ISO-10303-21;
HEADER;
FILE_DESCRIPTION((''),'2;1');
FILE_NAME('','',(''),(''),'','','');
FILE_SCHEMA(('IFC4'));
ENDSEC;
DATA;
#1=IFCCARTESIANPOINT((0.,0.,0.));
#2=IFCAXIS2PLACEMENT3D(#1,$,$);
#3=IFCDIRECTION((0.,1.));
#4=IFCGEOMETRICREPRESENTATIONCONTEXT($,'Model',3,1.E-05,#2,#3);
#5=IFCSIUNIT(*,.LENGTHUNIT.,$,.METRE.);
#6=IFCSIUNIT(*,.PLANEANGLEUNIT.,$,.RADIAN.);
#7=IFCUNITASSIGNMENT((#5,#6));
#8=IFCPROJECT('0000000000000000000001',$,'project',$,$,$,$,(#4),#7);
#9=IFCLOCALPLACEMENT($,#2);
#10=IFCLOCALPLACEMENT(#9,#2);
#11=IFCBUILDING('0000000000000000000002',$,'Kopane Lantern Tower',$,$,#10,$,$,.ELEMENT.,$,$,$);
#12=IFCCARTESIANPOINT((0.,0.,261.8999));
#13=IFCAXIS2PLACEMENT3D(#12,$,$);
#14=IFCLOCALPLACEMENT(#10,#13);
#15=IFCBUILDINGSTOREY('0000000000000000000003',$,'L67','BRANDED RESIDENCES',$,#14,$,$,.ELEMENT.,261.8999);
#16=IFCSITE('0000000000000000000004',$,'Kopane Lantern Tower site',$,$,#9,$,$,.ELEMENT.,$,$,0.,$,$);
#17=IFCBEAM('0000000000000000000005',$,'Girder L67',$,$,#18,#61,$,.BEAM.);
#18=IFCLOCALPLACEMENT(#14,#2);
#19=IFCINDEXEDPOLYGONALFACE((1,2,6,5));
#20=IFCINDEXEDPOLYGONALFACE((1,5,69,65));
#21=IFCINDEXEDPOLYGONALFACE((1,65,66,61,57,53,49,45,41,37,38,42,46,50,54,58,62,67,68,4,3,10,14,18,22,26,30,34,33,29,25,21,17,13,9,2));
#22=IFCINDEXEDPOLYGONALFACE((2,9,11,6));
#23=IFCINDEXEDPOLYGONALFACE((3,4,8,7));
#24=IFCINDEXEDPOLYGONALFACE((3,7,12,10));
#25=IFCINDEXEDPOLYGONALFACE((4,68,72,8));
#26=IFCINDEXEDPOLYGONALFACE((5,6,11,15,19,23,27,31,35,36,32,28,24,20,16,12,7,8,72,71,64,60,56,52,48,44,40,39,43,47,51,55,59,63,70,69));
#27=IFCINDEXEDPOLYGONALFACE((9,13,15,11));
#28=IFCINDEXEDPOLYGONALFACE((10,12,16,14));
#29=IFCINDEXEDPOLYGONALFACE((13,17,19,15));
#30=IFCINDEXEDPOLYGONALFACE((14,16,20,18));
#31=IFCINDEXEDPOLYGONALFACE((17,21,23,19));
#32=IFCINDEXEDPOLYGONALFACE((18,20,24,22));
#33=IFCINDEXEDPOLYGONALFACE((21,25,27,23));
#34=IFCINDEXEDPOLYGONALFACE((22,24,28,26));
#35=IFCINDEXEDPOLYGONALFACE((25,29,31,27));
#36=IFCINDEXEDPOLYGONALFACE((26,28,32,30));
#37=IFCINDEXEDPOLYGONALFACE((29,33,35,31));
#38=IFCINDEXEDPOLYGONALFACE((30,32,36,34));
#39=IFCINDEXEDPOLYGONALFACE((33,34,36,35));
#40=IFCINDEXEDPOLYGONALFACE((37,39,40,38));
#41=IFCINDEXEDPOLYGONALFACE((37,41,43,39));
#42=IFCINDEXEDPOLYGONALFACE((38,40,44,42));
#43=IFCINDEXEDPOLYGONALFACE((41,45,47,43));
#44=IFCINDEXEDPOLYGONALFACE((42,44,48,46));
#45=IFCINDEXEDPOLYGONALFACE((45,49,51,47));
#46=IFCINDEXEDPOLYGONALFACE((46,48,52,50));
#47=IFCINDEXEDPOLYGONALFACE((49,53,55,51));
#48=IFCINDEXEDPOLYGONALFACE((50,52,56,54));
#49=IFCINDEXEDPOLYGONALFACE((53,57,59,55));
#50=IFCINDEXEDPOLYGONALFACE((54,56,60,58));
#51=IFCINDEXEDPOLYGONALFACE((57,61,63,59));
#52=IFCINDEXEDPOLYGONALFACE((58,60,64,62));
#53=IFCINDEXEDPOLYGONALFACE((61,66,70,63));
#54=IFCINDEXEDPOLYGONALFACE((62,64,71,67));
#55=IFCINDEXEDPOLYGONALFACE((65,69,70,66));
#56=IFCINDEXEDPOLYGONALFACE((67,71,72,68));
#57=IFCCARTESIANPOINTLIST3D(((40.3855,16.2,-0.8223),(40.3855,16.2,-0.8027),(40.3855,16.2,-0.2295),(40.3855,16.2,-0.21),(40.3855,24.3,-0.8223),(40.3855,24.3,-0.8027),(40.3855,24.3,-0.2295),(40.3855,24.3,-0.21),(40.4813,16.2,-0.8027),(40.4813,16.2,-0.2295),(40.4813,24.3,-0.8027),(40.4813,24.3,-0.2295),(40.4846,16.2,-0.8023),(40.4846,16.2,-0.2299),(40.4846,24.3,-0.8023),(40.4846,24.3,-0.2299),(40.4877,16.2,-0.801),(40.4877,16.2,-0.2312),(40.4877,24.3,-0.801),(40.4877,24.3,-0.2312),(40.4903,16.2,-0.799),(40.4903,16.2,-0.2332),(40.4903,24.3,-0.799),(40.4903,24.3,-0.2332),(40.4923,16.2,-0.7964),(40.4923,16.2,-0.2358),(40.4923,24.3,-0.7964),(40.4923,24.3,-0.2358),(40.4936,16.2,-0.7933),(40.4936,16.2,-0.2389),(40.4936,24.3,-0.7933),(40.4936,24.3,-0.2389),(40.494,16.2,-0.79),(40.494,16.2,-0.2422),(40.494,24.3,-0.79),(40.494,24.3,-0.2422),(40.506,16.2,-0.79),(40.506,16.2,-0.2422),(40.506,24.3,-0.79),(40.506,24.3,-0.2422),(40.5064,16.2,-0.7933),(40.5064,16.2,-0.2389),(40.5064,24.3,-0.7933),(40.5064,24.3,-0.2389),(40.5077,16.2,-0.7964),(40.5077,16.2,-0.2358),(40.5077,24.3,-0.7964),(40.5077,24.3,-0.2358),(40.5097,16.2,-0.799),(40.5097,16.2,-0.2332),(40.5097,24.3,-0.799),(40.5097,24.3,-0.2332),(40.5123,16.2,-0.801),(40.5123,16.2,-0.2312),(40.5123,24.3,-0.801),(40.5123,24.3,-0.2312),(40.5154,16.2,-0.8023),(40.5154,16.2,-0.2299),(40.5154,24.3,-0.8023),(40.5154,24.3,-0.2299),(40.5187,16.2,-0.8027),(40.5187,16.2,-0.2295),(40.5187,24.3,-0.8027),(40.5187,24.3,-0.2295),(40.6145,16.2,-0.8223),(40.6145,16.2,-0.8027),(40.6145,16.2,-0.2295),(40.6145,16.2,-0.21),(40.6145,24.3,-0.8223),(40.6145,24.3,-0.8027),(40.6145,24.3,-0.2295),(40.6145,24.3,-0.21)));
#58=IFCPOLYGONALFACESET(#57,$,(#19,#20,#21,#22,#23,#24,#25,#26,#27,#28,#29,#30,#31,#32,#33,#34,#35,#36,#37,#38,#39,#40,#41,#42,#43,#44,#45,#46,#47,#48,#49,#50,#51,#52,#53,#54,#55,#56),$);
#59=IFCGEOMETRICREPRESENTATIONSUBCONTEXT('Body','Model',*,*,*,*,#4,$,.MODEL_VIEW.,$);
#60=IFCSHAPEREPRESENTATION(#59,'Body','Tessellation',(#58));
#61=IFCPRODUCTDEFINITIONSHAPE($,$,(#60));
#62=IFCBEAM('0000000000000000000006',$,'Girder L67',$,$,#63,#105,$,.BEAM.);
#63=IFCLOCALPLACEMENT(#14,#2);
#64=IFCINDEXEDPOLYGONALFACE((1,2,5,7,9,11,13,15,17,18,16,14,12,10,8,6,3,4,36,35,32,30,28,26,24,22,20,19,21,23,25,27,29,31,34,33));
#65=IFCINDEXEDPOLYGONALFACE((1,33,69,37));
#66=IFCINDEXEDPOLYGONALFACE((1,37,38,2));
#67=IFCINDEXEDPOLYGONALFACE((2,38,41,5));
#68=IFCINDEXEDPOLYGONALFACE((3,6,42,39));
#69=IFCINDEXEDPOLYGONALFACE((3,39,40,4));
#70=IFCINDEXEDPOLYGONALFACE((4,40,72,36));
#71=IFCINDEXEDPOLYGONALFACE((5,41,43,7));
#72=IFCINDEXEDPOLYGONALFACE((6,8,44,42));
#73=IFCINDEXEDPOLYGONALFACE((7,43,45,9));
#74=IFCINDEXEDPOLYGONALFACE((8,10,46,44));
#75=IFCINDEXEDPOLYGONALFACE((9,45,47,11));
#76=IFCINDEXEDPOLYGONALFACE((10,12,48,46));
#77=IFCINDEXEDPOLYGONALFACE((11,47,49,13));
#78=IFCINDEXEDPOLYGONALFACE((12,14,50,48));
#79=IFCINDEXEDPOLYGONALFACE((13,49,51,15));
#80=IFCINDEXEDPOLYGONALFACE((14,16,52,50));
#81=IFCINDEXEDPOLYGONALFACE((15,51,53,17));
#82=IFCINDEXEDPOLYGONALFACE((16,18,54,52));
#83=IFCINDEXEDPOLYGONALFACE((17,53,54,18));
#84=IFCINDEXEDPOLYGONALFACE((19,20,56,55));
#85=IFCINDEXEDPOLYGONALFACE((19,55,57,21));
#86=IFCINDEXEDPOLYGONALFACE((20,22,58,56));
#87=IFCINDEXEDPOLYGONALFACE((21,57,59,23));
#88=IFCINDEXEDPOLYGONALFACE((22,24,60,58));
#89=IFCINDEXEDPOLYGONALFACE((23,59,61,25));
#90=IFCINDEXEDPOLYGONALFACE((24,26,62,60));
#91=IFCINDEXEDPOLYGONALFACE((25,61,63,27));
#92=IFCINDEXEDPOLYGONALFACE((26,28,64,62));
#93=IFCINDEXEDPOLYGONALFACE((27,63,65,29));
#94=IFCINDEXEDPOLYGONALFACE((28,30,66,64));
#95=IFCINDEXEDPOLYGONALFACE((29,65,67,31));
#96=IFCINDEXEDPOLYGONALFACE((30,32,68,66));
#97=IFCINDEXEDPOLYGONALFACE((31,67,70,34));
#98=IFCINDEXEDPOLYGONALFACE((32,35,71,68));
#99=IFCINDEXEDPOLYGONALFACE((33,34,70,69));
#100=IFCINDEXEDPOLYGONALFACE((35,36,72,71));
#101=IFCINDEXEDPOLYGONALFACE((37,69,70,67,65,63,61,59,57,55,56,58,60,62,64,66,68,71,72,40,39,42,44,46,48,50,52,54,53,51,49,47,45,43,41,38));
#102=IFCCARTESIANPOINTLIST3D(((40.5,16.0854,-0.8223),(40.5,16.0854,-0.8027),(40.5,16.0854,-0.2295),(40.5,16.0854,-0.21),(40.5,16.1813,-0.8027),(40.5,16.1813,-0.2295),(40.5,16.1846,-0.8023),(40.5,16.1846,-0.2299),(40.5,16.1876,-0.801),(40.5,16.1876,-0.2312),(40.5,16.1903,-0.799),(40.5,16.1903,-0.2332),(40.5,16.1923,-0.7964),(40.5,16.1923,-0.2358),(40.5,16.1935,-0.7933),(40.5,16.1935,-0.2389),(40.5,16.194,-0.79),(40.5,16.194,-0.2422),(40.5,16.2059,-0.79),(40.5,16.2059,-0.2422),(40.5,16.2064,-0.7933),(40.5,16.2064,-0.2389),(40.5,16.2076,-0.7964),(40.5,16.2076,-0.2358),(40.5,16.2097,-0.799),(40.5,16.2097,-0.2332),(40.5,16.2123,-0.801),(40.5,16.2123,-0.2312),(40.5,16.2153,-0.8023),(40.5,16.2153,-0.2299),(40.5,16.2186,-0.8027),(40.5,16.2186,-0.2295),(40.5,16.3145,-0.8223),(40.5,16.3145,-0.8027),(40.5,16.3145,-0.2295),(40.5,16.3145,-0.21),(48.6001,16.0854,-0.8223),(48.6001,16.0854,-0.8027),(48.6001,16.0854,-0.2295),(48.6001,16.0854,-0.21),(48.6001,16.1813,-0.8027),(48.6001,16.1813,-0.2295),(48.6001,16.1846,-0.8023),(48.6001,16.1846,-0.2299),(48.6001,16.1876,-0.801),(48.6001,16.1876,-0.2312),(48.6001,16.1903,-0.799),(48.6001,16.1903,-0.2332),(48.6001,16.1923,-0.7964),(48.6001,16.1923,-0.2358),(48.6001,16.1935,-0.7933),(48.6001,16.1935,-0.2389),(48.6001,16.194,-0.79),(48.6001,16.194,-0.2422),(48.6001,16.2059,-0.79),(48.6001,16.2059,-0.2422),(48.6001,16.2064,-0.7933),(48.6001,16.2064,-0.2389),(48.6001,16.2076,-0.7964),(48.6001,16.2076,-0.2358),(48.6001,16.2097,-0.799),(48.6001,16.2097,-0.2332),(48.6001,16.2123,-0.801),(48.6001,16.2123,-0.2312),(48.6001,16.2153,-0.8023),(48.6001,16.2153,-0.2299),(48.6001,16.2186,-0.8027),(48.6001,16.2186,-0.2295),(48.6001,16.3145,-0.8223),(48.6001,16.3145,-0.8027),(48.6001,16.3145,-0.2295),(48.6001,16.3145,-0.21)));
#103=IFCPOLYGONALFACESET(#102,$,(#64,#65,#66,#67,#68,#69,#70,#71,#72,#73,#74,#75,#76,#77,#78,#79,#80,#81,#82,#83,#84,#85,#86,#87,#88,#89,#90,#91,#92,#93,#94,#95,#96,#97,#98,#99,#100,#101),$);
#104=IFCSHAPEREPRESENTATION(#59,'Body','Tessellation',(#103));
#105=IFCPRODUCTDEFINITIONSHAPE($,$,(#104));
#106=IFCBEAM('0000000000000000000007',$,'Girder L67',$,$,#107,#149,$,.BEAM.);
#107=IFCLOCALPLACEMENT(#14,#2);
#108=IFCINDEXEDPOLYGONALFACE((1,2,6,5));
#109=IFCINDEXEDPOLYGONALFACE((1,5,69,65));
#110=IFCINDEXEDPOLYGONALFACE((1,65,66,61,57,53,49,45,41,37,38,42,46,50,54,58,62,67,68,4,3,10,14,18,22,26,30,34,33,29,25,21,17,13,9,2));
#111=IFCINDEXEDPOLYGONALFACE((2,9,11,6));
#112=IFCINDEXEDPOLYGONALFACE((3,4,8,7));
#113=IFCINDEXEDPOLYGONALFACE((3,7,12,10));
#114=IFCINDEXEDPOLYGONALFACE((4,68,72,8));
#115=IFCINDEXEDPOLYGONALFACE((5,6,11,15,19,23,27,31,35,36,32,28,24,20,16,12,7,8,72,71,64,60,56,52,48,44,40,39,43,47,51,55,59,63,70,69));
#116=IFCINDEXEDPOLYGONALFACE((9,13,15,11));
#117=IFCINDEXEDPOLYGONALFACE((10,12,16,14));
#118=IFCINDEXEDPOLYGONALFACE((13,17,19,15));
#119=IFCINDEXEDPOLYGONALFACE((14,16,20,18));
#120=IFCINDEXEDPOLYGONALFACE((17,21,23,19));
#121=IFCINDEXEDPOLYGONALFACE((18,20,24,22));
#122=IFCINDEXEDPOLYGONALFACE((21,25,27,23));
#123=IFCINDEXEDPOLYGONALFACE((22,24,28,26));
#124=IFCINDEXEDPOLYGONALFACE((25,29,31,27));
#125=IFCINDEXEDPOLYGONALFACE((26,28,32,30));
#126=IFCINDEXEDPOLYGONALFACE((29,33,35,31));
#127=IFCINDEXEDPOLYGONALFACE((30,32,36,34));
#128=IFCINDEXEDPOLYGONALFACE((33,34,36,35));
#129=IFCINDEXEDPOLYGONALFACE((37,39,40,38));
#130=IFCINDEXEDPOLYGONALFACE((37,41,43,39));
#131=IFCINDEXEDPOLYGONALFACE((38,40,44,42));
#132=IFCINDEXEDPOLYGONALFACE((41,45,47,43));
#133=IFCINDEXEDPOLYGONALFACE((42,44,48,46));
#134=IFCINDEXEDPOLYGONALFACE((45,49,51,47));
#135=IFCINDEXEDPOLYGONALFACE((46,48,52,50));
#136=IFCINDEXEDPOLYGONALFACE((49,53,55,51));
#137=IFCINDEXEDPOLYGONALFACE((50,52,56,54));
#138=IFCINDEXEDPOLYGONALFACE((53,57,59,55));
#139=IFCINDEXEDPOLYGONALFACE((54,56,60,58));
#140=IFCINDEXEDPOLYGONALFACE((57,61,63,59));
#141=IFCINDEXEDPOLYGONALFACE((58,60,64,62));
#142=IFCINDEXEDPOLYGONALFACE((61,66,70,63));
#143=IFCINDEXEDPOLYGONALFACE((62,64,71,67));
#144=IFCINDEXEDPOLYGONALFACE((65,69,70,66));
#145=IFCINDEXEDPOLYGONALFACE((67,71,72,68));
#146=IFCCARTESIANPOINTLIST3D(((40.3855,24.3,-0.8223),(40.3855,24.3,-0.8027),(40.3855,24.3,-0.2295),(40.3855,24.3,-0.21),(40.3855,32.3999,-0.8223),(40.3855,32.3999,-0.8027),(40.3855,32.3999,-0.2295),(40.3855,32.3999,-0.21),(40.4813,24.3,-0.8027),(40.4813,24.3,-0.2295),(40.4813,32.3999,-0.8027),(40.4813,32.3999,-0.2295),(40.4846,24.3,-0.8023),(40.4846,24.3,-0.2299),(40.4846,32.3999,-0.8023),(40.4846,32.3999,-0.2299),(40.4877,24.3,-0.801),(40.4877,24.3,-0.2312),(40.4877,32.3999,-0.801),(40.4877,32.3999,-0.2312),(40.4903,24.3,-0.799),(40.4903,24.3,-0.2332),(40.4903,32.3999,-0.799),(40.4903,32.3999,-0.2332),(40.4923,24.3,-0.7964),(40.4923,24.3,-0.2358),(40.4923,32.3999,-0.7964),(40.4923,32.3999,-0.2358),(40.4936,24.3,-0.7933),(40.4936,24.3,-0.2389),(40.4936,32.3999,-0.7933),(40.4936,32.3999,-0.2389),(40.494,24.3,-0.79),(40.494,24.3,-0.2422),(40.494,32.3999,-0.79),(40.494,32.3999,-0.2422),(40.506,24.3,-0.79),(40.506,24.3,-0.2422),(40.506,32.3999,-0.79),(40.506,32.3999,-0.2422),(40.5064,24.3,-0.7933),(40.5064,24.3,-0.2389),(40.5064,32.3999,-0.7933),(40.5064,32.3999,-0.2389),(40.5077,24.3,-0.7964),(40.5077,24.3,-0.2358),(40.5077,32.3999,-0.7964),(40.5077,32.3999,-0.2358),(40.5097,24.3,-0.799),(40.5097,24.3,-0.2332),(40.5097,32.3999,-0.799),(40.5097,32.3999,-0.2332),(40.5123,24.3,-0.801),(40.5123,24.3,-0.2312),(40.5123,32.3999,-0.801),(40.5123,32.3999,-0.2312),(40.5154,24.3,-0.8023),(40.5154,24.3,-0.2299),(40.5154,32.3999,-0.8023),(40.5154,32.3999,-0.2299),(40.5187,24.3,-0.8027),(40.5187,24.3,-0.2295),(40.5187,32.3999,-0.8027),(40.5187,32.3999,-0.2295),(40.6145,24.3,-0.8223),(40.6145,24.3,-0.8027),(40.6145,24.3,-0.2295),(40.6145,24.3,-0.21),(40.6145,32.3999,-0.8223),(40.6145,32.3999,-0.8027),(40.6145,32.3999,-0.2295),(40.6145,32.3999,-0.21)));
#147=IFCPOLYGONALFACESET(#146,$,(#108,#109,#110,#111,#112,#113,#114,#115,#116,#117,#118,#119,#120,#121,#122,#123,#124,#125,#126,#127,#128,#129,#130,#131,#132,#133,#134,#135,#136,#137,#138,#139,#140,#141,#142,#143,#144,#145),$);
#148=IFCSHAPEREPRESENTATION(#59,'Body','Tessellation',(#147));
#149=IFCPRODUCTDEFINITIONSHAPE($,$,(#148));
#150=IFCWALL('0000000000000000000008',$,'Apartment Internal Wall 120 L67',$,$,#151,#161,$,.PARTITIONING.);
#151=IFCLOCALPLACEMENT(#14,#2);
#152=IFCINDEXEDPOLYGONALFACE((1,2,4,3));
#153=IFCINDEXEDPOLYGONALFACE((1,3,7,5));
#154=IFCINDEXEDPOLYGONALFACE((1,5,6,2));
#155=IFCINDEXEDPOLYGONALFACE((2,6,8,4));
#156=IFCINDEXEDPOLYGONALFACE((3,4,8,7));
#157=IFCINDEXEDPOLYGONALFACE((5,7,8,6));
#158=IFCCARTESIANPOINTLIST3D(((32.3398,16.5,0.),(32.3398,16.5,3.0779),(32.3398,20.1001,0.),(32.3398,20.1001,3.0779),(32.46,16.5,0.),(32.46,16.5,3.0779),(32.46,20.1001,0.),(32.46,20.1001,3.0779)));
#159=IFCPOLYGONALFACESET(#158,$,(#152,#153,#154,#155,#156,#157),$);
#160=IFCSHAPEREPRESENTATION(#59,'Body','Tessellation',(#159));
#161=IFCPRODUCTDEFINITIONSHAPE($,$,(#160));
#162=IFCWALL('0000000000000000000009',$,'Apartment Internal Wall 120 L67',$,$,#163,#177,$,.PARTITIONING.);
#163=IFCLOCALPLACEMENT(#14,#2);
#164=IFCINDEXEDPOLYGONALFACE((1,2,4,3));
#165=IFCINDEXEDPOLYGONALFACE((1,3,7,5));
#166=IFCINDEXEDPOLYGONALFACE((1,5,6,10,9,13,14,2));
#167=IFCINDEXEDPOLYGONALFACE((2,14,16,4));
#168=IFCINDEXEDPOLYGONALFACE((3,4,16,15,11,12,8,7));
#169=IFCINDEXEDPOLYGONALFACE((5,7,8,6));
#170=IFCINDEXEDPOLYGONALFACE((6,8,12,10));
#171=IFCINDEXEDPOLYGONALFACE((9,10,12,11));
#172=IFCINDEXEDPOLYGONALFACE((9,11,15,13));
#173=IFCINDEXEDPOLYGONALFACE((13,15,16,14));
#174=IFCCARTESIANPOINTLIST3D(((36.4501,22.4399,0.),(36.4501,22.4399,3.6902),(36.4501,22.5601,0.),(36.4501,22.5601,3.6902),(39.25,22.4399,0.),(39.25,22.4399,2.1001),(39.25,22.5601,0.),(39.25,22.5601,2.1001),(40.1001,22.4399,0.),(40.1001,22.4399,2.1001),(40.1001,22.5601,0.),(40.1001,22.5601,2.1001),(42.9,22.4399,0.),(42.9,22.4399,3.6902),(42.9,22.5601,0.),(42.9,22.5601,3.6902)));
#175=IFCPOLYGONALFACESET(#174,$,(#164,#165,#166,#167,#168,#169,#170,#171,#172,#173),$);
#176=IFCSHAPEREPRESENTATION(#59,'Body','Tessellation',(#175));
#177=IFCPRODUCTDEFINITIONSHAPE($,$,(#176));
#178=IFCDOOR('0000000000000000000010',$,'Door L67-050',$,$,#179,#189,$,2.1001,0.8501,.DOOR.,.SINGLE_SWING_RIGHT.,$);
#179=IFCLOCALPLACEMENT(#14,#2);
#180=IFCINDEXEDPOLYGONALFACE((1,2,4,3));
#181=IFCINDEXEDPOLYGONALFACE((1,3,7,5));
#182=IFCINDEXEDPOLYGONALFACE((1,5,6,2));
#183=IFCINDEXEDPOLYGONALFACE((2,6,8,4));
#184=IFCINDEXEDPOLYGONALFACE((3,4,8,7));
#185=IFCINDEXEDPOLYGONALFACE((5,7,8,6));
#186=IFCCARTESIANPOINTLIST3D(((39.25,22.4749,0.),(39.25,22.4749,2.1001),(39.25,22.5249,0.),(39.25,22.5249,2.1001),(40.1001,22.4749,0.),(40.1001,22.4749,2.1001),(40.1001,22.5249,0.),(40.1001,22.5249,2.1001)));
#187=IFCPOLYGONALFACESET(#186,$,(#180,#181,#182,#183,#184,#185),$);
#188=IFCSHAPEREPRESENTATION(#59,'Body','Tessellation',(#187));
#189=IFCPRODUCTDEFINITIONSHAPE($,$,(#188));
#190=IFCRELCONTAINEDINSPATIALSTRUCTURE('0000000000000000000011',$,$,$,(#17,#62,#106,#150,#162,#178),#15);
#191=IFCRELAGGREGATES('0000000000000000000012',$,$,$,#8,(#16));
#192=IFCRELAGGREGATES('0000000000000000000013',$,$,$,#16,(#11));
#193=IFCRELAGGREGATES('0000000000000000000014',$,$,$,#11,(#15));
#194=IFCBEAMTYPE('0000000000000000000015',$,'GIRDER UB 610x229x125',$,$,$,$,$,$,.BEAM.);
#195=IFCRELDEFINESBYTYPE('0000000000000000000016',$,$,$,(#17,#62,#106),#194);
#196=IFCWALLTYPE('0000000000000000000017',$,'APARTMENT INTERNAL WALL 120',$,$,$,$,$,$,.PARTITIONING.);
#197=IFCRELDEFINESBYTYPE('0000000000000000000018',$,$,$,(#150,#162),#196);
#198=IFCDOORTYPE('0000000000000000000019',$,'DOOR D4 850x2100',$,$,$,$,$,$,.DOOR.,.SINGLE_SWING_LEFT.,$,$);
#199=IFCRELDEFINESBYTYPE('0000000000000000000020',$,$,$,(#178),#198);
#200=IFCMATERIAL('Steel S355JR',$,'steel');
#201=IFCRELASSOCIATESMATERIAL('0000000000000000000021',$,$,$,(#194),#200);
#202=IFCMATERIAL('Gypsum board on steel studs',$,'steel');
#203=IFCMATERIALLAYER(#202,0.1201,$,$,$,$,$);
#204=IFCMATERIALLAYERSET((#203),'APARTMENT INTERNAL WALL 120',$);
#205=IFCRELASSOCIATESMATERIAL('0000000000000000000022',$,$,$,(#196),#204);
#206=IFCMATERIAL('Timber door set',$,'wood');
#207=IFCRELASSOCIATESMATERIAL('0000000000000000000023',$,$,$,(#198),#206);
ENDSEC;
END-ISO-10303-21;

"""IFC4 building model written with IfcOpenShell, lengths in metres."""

from ifc_helpers import new_model, si_unit, direction, frame, frame_2d, origin, origin_2d, place, context, subcontext, project, spatial, rectangle, i_section, extrude, material, layer, layer_set, material_profile, profile_set, type_object, element, fill, save


model = new_model("IFC4")

# Units and contexts
model_context = context("Model", 3, precision=1e-05, world=origin(), true_north=direction((0.0, 1.0)))
body_context = subcontext(model_context, "Body", "Model", "MODEL_VIEW")
ifc_project = project(units=[si_unit("LENGTHUNIT", "METRE"), si_unit("PLANEANGLEUNIT", "RADIAN")], contexts=[model_context])

# Site, building, storey
site_placement = place(None, origin())
site = spatial("IfcSite", under=ifc_project, at=site_placement, Name="Kopane Lantern Tower site", CompositionType="ELEMENT", RefElevation=0.0)
building_placement = place(site_placement, origin())
building = spatial("IfcBuilding", under=site, at=building_placement, Name="Kopane Lantern Tower", CompositionType="ELEMENT")
storey_placement = place(building_placement, frame((0.0, 0.0, 261.8999)))
storey = spatial("IfcBuildingStorey", under=building, at=storey_placement, Name="L67", Description="BRANDED RESIDENCES", CompositionType="ELEMENT", Elevation=261.8999)

# Beams
ifc_material_1 = material(Name="Steel S355JR", Category="steel")
ifc_material_profile_1 = material_profile(ifc_material_1, i_section(OverallWidth=0.229, OverallDepth=0.6123, WebThickness=0.012, FlangeThickness=0.0195, FilletRadius=0.0127, at=origin_2d()), Name="UB 610x229x125")
ifc_profile_set_1 = profile_set([ifc_material_profile_1], Name="Steel S355JR")
beam_type_1 = type_object("IfcBeamType", Name="GIRDER UB 610x229x125", PredefinedType="BEAM", material=ifc_profile_set_1)
for number, where, z_axis, x_axis, name in (
    (1, (40.5, 16.2, -0.5161), (0.0, 1.0, 0.0), (-1.0, 0.0, 0.0), "Girder L67"),
    (2, (40.5, 16.2, -0.5161), (1.0, 0.0, 0.0), (0.0, 1.0, 0.0), "Girder L67"),
):
    element("IfcBeam", number, at=place(storey_placement, frame(where, z_axis=z_axis, x_axis=x_axis)), inside=storey, type_object=beam_type_1, Name=name, PredefinedType="BEAM", context=body_context, shape_type="SweptSolid", body=[
        extrude(i_section(OverallWidth=0.229, OverallDepth=0.6123, WebThickness=0.012, FlangeThickness=0.0195, FilletRadius=0.0127, at=origin_2d()), origin(), (0.0, 0.0, 1.0), 8.1001),
    ])
beam_1_placement = place(storey_placement, frame((40.5, 24.3, -0.5161), z_axis=(0.0, 1.0, 0.0), x_axis=(-1.0, 0.0, 0.0)))
element("IfcBeam", 3, at=beam_1_placement, inside=storey, type_object=beam_type_1, Name="Girder L67", PredefinedType="BEAM", context=body_context, shape_type="SweptSolid", body=[
    extrude(i_section(OverallWidth=0.229, OverallDepth=0.6123, WebThickness=0.012, FlangeThickness=0.0195, FilletRadius=0.0127, at=origin_2d()), origin(), (0.0, 0.0, 1.0), 8.0999),
])

# Wall
ifc_material_2 = material(Name="Gypsum board on steel studs", Category="steel")
ifc_layer_1 = layer(ifc_material_2, 0.1201)
ifc_layer_set_1 = layer_set([ifc_layer_1], Name="APARTMENT INTERNAL WALL 120")
wall_type_1 = type_object("IfcWallType", Name="APARTMENT INTERNAL WALL 120", PredefinedType="PARTITIONING", material=ifc_layer_set_1)
wall_1_placement = place(storey_placement, frame((32.3999, 20.1001, 0.0), z_axis=(0.0, 0.0, 1.0), x_axis=(0.0, -1.0, 0.0)))
element("IfcWall", 4, at=wall_1_placement, inside=storey, type_object=wall_type_1, Name="Apartment Internal Wall 120 L67", PredefinedType="PARTITIONING", context=body_context, shape_type="SweptSolid", body=[
    extrude(rectangle(XDim=3.6001, YDim=0.1201, at=frame_2d((1.8, 0.0))), origin(), (0.0, 0.0, 1.0), 3.0779),
])

# Wall, opening, door
wall_2_placement = place(storey_placement, frame((36.45, 22.5, 0.0), z_axis=(0.0, 0.0, 1.0), x_axis=(1.0, 0.0, 0.0)))
wall_2 = element("IfcWall", 5, at=wall_2_placement, inside=storey, type_object=wall_type_1, Name="Apartment Internal Wall 120 L67", PredefinedType="PARTITIONING", context=body_context, shape_type="SweptSolid", body=[
    extrude(rectangle(XDim=6.45, YDim=0.1201, at=frame_2d((3.2251, 0.0))), origin(), (0.0, 0.0, 1.0), 3.6902),
])
opening_1_placement = place(wall_2_placement, frame((2.8, 0.0, 0.0)))
opening_1 = element("IfcOpeningElement", 6, at=opening_1_placement, cuts=wall_2, PredefinedType="OPENING", context=body_context, shape_type="SweptSolid", body=[
    extrude(rectangle(XDim=0.8501, YDim=2.1001, at=frame_2d((0.425, 1.05))), frame((0.0, 0.0701, 0.0), z_axis=(0.0, -1.0, 0.0), x_axis=(1.0, 0.0, 0.0)), (0.0, 0.0, 1.0), 0.1401),
])
ifc_material_3 = material(Name="Timber door set", Category="wood")
door_type_1 = type_object("IfcDoorType", Name="DOOR D4 850x2100", OperationType="SINGLE_SWING_LEFT", PredefinedType="DOOR", material=ifc_material_3)
door_1_placement = place(opening_1_placement, origin())
door_1 = element("IfcDoor", 7, at=door_1_placement, inside=storey, type_object=door_type_1, Name="Door L67-050", OperationType="SINGLE_SWING_RIGHT", OverallHeight=2.1001, OverallWidth=0.8501, PredefinedType="DOOR", context=body_context, shape_type="SweptSolid", body=[
    extrude(rectangle(XDim=0.8501, YDim=2.1001, at=frame_2d((0.425, 1.05))), frame((0.0, 0.0249, 0.0), z_axis=(0.0, -1.0, 0.0), x_axis=(1.0, 0.0, 0.0)), (0.0, 0.0, 1.0), 0.05),
])
fill(opening_1, door_1)

save(model, "model.ifc")
